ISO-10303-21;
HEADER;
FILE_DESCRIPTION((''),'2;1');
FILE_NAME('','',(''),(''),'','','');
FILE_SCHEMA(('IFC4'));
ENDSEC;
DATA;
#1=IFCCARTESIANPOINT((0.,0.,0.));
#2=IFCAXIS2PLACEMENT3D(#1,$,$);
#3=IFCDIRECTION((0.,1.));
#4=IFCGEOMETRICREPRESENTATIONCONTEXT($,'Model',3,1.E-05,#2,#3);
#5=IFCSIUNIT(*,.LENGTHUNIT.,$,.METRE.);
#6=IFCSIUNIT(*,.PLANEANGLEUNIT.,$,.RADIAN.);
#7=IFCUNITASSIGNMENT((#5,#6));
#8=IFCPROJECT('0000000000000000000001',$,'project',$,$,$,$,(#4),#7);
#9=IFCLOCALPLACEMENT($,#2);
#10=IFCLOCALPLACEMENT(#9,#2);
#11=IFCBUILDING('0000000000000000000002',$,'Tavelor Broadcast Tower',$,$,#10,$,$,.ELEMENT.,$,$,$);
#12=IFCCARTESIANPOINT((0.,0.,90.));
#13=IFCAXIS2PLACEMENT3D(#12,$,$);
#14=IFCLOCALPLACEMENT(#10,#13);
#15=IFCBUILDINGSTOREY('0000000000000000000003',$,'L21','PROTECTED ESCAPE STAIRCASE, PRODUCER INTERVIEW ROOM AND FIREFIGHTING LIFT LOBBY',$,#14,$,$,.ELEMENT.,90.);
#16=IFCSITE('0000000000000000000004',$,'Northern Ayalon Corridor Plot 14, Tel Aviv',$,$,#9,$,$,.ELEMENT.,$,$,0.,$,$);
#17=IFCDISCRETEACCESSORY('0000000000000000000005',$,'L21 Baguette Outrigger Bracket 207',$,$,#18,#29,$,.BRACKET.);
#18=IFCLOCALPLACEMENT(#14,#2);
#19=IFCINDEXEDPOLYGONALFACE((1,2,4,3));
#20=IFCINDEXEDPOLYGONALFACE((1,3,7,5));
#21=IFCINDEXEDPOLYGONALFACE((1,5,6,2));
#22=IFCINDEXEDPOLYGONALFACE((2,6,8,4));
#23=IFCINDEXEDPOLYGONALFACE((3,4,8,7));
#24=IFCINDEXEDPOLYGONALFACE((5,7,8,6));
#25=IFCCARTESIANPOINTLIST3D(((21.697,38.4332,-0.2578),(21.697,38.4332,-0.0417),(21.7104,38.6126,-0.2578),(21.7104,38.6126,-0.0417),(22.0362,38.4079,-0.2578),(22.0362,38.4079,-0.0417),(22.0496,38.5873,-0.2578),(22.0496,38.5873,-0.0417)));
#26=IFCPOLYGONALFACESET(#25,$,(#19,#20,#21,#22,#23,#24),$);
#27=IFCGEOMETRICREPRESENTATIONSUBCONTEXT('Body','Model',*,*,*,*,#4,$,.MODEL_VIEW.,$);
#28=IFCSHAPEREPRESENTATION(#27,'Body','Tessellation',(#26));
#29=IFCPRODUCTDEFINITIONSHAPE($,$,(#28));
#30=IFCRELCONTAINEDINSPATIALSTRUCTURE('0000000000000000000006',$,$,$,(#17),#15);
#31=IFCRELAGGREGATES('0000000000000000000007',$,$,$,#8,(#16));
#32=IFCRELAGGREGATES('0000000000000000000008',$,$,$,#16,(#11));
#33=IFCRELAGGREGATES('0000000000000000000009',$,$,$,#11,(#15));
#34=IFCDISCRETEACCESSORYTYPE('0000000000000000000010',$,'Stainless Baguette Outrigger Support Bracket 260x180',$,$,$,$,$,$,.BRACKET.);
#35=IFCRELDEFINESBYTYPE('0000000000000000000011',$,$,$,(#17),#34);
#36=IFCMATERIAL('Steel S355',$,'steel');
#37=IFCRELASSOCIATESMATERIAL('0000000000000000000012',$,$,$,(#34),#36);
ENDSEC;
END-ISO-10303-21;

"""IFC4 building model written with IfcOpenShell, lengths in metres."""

from ifc_helpers import new_model, si_unit, direction, frame, origin, origin_2d, place, context, subcontext, project, spatial, rectangle, extrude, source, transform, mapped, material, type_object, type_shapes, element, save


model = new_model("IFC4")

# Units and contexts
model_context = context("Model", 3, precision=1e-05, world=origin(), true_north=direction((0.0, 1.0)))
body_context = subcontext(model_context, "Body", "Model", "MODEL_VIEW")
ifc_project = project(units=[si_unit("LENGTHUNIT", "METRE"), si_unit("PLANEANGLEUNIT", "RADIAN")], contexts=[model_context])

# Site, building, storey
site_placement = place(None, origin())
site = spatial("IfcSite", under=ifc_project, at=site_placement, Name="Northern Ayalon Corridor Plot 14, Tel Aviv", CompositionType="ELEMENT", RefElevation=0.0)
building_placement = place(site_placement, origin())
building = spatial("IfcBuilding", under=site, at=building_placement, Name="Tavelor Broadcast Tower", CompositionType="ELEMENT")
storey_placement = place(building_placement, frame((0.0, 0.0, 90.0)))
storey = spatial("IfcBuildingStorey", under=building, at=storey_placement, Name="L21", Description="PROTECTED ESCAPE STAIRCASE, PRODUCER INTERVIEW ROOM AND FIREFIGHTING LIFT LOBBY", CompositionType="ELEMENT", Elevation=90.0)

# Shared definitions
ifc_material_1 = material(Name="Steel S355", Category="steel")

# Discrete accessory
discrete_accessory_type = type_object("IfcDiscreteAccessoryType", Name="Stainless Baguette Outrigger Support Bracket 260x180", PredefinedType="BRACKET", material=ifc_material_1)
shared_shape_1 = source(origin(), body_context, "Body", "SweptSolid", [
    extrude(rectangle(XDim=0.1799, YDim=0.3401, at=origin_2d()), origin(), (0.0, 0.0, 1.0), 0.2161),
])
type_shapes(discrete_accessory_type, [shared_shape_1])
for number, where, z_axis, x_axis, name in (
    (1, (21.8733, 38.5103, -0.2578), (0.0, 0.0, 1.0), (-0.074457, -0.997224, 0.0), "L21 Baguette Outrigger Bracket 207"),
):
    element("IfcDiscreteAccessory", number, at=place(storey_placement, frame(where, z_axis=z_axis, x_axis=x_axis)), inside=storey, type_object=discrete_accessory_type, Name=name, PredefinedType="BRACKET", context=body_context, shape_type="MappedRepresentation", body=[
        mapped(shared_shape_1, transform((0.0, 0.0, 0.0), scale=1.0)),
    ])

save(model, "model.ifc")
